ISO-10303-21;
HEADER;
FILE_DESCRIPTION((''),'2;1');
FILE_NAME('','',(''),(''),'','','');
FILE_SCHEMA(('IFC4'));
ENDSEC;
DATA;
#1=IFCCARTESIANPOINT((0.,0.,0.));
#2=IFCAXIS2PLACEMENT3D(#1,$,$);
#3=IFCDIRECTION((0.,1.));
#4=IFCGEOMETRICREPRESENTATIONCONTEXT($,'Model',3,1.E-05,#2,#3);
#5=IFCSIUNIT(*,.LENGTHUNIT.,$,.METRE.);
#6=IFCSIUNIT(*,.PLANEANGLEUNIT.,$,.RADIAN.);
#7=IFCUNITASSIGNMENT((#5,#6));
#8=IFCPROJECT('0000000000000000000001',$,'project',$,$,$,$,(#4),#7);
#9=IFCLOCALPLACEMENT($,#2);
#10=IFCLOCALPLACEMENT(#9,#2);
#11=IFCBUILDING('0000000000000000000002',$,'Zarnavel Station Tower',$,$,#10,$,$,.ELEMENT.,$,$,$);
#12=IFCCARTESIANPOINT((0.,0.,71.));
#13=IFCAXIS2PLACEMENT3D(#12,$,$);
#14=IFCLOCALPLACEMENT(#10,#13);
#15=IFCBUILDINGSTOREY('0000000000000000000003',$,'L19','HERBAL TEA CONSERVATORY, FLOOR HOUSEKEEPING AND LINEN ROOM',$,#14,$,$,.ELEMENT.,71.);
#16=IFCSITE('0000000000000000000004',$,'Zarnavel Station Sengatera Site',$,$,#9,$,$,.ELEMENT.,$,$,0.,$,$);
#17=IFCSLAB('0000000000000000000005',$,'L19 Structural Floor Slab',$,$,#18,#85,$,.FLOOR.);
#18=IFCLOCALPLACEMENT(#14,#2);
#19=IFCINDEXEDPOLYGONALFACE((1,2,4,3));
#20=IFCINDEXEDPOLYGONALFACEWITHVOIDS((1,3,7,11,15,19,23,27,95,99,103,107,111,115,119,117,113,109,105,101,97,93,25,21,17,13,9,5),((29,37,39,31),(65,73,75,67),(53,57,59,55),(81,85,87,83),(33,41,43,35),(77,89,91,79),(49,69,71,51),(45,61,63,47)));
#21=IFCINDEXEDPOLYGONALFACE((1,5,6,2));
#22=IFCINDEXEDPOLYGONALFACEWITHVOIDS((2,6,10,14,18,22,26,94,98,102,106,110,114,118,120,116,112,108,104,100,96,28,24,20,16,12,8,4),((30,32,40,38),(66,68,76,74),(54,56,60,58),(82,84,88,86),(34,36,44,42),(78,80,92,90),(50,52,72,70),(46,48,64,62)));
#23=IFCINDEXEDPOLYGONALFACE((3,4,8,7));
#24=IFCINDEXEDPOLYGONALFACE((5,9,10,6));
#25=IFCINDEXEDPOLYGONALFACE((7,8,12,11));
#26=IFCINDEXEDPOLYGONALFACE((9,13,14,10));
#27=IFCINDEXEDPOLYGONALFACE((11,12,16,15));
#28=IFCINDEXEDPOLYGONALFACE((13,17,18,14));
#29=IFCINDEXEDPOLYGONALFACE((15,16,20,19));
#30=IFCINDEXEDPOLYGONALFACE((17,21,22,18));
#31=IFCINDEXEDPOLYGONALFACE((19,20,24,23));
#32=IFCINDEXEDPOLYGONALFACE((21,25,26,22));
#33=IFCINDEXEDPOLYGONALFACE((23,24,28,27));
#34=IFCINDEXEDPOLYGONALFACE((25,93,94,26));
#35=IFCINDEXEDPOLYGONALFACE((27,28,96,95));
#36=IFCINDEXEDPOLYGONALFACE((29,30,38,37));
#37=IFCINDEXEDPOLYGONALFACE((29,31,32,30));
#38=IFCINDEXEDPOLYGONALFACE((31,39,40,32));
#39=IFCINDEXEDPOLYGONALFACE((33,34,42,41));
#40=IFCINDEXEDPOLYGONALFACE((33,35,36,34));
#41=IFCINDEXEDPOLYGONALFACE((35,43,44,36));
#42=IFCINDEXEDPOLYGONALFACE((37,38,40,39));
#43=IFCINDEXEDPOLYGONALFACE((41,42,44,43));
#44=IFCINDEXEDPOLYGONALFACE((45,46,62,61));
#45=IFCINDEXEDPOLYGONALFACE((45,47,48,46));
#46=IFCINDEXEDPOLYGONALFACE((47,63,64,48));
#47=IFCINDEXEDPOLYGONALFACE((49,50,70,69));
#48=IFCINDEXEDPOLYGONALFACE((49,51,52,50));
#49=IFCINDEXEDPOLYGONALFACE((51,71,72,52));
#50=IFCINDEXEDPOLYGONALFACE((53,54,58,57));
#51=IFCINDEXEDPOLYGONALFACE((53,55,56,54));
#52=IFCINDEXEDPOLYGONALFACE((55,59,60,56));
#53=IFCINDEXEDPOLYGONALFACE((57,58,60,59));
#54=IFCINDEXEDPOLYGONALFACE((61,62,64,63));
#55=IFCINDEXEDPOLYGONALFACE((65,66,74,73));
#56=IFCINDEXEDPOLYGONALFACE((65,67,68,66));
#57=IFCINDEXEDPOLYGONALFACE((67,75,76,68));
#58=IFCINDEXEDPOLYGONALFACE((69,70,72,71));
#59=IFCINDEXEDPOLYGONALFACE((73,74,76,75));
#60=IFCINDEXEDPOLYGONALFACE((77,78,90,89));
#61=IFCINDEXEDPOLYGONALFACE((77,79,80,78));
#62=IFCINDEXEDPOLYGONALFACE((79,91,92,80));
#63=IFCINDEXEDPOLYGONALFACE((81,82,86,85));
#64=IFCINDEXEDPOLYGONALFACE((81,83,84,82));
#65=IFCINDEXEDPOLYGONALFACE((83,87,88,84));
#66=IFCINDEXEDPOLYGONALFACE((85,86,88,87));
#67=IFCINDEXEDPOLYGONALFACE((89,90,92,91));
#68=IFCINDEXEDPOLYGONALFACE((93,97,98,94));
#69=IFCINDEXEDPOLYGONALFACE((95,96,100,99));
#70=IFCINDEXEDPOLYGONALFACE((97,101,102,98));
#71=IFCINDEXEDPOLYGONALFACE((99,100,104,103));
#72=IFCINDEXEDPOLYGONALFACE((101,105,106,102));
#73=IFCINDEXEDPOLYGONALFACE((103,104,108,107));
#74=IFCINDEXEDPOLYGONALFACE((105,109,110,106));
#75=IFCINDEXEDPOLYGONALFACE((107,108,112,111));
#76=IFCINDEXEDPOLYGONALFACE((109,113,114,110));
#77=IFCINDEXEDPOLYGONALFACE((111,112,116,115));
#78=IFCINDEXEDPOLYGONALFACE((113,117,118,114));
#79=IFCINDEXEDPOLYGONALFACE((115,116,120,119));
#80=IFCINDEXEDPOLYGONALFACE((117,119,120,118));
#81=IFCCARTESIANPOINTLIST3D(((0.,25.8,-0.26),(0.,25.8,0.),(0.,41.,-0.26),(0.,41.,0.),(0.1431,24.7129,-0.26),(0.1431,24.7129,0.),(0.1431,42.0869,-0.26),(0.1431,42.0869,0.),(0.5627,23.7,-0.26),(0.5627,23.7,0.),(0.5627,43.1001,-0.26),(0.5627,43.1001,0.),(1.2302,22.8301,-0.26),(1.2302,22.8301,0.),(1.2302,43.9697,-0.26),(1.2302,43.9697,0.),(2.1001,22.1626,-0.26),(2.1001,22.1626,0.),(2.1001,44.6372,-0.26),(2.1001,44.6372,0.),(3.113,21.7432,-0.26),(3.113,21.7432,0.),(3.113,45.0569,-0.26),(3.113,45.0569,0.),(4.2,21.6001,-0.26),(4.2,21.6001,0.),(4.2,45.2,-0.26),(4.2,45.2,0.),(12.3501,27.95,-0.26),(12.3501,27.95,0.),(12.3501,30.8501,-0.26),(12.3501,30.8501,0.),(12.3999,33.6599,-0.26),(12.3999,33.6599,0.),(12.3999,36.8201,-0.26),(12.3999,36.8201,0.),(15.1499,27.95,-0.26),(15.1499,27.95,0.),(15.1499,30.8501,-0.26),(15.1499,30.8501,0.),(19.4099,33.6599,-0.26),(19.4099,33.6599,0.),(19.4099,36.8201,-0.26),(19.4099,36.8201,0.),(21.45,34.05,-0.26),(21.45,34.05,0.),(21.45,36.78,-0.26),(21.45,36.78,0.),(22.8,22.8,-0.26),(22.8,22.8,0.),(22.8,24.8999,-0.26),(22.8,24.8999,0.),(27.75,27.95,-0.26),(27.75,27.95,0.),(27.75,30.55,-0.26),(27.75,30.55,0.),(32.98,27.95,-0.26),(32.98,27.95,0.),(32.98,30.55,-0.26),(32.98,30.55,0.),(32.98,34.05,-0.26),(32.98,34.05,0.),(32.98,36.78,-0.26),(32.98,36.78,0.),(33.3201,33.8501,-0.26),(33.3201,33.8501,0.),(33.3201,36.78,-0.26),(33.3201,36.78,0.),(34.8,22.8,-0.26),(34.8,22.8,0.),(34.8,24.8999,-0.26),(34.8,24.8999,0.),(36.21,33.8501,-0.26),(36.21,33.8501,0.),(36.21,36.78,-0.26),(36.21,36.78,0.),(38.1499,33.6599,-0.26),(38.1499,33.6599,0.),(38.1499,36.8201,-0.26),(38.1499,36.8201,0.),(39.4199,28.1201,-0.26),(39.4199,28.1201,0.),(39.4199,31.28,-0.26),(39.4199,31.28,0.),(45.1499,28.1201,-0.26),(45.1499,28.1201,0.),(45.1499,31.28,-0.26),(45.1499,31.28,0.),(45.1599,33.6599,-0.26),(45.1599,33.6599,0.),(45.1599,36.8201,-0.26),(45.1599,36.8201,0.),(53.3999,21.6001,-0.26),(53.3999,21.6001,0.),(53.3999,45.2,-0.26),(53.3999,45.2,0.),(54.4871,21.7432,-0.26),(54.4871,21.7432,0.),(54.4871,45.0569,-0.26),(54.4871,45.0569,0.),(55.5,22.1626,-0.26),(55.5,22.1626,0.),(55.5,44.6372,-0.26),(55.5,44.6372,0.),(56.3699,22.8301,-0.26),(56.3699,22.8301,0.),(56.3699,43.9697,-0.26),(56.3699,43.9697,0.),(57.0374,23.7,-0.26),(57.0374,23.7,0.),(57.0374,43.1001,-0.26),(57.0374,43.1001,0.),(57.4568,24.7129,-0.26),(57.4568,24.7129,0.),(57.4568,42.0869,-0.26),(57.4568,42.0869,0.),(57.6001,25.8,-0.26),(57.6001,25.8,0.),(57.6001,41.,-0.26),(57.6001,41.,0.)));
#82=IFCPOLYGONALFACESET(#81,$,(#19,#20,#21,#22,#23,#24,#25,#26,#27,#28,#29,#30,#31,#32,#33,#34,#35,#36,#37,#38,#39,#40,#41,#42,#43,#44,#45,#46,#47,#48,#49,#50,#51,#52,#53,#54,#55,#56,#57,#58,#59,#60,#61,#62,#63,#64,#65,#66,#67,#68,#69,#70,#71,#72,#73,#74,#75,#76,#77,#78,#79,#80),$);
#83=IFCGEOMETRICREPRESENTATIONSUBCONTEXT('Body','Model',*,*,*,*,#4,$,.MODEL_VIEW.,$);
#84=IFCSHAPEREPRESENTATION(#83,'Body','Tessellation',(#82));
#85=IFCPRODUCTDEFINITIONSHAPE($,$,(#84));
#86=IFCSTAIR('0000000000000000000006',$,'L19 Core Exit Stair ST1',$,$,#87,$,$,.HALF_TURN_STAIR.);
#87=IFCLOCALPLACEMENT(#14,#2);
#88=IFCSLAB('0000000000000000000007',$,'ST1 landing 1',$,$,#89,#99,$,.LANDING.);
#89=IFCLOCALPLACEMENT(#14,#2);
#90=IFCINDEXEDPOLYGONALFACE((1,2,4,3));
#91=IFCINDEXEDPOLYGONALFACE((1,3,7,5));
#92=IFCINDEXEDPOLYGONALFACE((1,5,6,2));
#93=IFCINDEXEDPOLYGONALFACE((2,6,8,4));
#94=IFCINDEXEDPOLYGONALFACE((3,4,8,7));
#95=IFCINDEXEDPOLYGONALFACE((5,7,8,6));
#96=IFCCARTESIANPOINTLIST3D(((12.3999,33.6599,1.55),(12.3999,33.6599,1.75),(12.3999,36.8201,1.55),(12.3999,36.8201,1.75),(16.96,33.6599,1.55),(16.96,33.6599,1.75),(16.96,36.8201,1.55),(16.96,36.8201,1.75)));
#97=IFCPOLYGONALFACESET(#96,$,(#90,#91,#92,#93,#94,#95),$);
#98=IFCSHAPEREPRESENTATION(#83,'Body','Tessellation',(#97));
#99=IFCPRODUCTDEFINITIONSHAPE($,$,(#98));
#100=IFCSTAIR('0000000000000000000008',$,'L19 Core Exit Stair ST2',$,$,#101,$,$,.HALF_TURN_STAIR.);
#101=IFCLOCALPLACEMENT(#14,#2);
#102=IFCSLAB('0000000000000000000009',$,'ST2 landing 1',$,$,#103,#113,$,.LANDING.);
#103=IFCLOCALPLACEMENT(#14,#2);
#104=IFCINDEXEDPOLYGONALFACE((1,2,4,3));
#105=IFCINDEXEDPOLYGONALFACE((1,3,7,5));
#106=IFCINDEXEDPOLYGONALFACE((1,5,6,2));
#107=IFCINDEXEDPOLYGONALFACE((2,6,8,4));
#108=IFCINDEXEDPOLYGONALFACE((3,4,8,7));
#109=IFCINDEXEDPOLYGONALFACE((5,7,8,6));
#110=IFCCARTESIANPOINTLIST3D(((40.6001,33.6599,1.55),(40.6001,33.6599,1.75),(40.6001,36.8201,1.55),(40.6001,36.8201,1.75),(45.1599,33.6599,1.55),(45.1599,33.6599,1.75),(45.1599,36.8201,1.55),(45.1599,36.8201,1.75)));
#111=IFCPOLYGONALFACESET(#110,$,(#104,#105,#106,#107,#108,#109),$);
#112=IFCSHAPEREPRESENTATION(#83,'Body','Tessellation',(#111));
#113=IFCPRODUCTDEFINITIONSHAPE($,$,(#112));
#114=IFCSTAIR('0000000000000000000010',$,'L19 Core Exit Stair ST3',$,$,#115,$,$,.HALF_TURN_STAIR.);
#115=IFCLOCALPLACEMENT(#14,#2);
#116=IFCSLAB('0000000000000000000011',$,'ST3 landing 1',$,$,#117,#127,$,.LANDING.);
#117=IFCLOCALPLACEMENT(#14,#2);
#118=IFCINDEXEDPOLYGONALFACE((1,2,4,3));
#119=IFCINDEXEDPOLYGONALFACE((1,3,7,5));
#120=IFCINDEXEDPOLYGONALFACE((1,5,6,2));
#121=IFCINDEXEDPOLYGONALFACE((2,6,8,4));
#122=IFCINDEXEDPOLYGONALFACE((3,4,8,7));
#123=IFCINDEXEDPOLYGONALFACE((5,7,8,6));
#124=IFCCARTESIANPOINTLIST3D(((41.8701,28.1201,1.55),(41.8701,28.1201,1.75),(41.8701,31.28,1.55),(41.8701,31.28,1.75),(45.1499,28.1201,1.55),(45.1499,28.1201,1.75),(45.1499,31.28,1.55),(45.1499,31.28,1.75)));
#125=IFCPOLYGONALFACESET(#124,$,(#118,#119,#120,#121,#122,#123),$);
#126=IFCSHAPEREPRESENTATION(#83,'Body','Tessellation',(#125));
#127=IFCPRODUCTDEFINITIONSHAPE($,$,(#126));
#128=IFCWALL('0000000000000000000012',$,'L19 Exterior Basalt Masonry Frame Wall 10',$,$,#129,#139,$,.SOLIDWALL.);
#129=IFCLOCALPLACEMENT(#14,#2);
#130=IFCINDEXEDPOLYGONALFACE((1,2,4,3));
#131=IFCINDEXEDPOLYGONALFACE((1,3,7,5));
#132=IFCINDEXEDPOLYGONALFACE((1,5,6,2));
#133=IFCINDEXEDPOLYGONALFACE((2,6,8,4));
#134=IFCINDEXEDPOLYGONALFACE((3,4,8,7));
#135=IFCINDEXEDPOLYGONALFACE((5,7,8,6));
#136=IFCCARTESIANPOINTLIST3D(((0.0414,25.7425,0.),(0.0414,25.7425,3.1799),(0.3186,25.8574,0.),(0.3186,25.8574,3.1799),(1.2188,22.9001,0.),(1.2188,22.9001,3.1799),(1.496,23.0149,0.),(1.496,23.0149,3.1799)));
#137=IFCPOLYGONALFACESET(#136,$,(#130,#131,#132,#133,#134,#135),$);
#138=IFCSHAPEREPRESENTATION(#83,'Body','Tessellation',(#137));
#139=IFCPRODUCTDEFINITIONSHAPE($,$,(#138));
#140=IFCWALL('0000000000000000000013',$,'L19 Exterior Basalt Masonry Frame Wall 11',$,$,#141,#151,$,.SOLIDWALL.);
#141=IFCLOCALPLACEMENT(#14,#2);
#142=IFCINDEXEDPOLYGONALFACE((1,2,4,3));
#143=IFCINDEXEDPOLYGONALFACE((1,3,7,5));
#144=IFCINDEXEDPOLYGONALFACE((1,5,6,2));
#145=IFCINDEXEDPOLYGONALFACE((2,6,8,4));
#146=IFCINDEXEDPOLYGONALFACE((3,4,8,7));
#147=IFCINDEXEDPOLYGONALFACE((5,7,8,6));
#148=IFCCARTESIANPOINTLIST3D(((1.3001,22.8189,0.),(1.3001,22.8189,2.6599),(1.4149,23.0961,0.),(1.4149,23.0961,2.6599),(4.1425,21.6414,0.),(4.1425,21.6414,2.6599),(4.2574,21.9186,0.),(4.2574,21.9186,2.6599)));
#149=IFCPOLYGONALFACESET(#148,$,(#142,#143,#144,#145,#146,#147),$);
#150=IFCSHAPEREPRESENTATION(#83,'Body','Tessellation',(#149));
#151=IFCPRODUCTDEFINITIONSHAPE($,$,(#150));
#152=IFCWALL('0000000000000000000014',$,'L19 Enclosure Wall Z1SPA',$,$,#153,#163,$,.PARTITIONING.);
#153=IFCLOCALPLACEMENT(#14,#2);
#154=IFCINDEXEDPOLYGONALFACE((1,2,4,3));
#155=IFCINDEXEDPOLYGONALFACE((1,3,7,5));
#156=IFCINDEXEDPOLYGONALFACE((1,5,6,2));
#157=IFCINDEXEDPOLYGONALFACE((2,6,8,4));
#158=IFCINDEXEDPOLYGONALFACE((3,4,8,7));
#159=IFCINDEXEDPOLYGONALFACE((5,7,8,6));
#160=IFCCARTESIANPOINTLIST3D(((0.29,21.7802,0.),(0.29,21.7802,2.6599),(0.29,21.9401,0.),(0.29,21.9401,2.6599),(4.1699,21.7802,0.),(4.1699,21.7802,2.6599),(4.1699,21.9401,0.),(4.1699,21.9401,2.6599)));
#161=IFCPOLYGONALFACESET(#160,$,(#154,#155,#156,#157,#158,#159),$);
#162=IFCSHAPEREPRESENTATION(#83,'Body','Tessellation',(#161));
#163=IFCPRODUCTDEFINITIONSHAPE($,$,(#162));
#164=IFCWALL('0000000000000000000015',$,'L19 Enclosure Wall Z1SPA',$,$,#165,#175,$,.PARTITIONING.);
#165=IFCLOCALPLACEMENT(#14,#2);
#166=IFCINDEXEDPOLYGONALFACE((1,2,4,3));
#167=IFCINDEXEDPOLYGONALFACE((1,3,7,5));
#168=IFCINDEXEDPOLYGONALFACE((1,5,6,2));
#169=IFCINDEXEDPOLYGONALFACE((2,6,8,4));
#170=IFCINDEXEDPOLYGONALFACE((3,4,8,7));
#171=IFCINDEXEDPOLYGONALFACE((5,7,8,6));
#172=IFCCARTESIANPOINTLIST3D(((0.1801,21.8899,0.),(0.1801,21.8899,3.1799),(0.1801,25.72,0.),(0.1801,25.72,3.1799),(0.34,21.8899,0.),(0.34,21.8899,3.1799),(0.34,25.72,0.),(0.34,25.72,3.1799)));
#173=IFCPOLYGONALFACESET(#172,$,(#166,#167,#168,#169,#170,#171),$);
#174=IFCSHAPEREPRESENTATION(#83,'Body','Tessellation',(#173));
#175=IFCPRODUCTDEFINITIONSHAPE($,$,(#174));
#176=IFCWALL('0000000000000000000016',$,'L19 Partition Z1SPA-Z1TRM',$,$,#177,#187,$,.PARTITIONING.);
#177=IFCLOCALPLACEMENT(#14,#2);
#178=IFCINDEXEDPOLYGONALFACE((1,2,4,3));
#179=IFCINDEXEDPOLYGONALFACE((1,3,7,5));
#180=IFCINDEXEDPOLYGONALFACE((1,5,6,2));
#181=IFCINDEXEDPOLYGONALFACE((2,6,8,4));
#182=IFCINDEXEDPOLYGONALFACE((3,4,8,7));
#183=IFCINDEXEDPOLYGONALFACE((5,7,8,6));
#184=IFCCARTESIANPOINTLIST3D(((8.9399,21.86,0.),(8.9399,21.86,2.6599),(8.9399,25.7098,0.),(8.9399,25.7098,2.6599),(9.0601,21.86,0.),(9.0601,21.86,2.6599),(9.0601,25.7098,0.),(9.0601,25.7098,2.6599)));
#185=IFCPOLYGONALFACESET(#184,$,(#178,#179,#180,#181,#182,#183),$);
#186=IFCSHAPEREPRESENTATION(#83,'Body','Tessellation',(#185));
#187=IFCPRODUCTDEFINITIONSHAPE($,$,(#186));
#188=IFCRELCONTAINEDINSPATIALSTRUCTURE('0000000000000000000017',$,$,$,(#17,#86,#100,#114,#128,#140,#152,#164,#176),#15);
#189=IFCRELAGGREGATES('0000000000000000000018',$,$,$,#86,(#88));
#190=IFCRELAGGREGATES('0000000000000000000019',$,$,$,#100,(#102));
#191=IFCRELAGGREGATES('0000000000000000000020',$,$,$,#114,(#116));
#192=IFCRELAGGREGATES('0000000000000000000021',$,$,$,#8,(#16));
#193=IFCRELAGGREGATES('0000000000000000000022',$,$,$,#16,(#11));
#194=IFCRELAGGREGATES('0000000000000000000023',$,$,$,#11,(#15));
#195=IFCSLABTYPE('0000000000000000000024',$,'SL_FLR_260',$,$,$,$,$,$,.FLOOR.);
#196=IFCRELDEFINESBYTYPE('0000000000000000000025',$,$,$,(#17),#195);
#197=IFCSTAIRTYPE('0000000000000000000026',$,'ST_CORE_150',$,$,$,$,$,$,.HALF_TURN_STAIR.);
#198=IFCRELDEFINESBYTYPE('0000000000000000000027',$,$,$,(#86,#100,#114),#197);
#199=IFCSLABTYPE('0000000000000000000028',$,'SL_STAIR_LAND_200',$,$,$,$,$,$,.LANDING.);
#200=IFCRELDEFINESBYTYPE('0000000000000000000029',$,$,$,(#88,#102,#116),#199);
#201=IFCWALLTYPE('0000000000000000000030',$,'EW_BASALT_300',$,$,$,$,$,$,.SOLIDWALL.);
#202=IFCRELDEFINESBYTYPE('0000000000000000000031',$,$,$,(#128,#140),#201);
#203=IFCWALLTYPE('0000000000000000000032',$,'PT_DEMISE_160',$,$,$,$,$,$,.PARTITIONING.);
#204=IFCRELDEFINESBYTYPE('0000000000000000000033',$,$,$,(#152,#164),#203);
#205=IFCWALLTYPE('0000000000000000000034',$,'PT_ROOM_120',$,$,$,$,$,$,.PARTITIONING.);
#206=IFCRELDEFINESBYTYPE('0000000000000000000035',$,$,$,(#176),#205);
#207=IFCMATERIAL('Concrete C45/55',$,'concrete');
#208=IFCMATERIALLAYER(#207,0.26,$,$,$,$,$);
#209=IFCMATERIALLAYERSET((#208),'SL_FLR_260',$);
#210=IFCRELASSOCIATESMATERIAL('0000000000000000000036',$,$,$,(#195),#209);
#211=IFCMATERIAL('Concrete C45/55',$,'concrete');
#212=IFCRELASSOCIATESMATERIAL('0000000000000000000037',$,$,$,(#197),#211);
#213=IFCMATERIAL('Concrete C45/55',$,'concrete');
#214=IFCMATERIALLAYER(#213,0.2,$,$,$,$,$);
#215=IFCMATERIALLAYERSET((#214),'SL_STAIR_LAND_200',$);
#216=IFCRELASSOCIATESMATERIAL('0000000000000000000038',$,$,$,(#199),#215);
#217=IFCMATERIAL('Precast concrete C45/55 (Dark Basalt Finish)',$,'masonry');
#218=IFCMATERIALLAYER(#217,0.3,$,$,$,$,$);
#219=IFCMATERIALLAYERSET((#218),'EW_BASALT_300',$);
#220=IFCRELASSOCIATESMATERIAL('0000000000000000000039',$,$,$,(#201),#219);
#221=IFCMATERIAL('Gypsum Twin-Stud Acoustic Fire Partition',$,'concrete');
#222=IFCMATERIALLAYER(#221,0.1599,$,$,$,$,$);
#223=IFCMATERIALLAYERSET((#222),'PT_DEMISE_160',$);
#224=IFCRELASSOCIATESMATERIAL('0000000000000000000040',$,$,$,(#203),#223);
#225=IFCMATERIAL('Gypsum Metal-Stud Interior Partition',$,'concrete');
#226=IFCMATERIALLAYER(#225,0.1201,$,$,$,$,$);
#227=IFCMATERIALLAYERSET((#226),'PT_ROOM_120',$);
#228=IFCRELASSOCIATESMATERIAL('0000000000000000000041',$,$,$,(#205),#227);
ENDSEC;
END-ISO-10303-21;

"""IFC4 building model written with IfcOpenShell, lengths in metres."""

from ifc_helpers import new_model, si_unit, direction, frame, frame_2d, origin, place, context, subcontext, project, spatial, polyline, rectangle, outline, extrude, material, layer, layer_set, type_object, element, aggregate, save


model = new_model("IFC4")

# Units and contexts
model_context = context("Model", 3, precision=1e-05, world=origin(), true_north=direction((0.0, 1.0)))
body_context = subcontext(model_context, "Body", "Model", "MODEL_VIEW")
ifc_project = project(units=[si_unit("LENGTHUNIT", "METRE"), si_unit("PLANEANGLEUNIT", "RADIAN")], contexts=[model_context])

# Site, building, storey
site_placement = place(None, origin())
site = spatial("IfcSite", under=ifc_project, at=site_placement, Name="Zarnavel Station Sengatera Site", CompositionType="ELEMENT", RefElevation=0.0)
building_placement = place(site_placement, origin())
building = spatial("IfcBuilding", under=site, at=building_placement, Name="Zarnavel Station Tower", CompositionType="ELEMENT")
storey_placement = place(building_placement, frame((0.0, 0.0, 71.0)))
storey = spatial("IfcBuildingStorey", under=building, at=storey_placement, Name="L19", Description="HERBAL TEA CONSERVATORY, FLOOR HOUSEKEEPING AND LINEN ROOM", CompositionType="ELEMENT", Elevation=71.0)

# Slab
ifc_material_1 = material(Name="Concrete C45/55", Category="concrete")
ifc_layer_1 = layer(ifc_material_1, 0.26)
ifc_layer_set_1 = layer_set([ifc_layer_1], Name="SL_FLR_260")
slab_type_1 = type_object("IfcSlabType", Name="SL_FLR_260", PredefinedType="FLOOR", material=ifc_layer_set_1)
slab_1_placement = place(storey_placement, frame((0.0, 0.0, -0.26)))
element("IfcSlab", 1, at=slab_1_placement, inside=storey, type_object=slab_type_1, Name="L19 Structural Floor Slab", PredefinedType="FLOOR", context=body_context, shape_type="SweptSolid", body=[
    extrude(outline(polyline([(53.3999, 21.6001), (54.4871, 21.7432), (55.5, 22.1626), (56.3699, 22.8301), (57.0374, 23.7), (57.4568, 24.7129), (57.6001, 25.8), (57.6001, 41.0), (57.4568, 42.0869), (57.0374, 43.1001), (56.3699, 43.9697), (55.5, 44.6372), (54.4871, 45.0569), (53.3999, 45.2), (4.2, 45.2), (3.113, 45.0569), (2.1001, 44.6372), (1.2302, 43.9697), (0.5627, 43.1001), (0.1431, 42.0869), (0.0, 41.0), (0.0, 25.8), (0.1431, 24.7129), (0.5627, 23.7), (1.2302, 22.8301), (2.1001, 22.1626), (3.113, 21.7432), (4.2, 21.6001), (53.3999, 21.6001)]), holes=[polyline([(12.3999, 33.6599), (19.4099, 33.6599), (19.4099, 36.8201), (12.3999, 36.8201), (12.3999, 33.6599)]), polyline([(38.1499, 33.6599), (45.1599, 33.6599), (45.1599, 36.8201), (38.1499, 36.8201), (38.1499, 33.6599)]), polyline([(39.4199, 28.1201), (45.1499, 28.1201), (45.1499, 31.28), (39.4199, 31.28), (39.4199, 28.1201)]), polyline([(12.3501, 27.95), (15.1499, 27.95), (15.1499, 30.8501), (12.3501, 30.8501), (12.3501, 27.95)]), polyline([(33.3201, 33.8501), (36.21, 33.8501), (36.21, 36.78), (33.3201, 36.78), (33.3201, 33.8501)]), polyline([(21.45, 34.05), (32.98, 34.05), (32.98, 36.78), (21.45, 36.78), (21.45, 34.05)]), polyline([(27.75, 27.95), (32.98, 27.95), (32.98, 30.55), (27.75, 30.55), (27.75, 27.95)]), polyline([(22.8, 22.8), (34.8, 22.8), (34.8, 24.8999), (22.8, 24.8999), (22.8, 22.8)])]), origin(), (0.0, 0.0, 1.0), 0.26),
])

# Stairs, slabs
ifc_material_2 = material(Name="Concrete C45/55", Category="concrete")
stair_type = type_object("IfcStairType", Name="ST_CORE_150", PredefinedType="HALF_TURN_STAIR", material=ifc_material_2)
stair_1_placement = place(storey_placement, origin())
stair_1 = element("IfcStair", 2, at=stair_1_placement, inside=storey, type_object=stair_type, Name="L19 Core Exit Stair ST1", PredefinedType="HALF_TURN_STAIR")
ifc_material_3 = material(Name="Concrete C45/55", Category="concrete")
ifc_layer_2 = layer(ifc_material_3, 0.2)
ifc_layer_set_2 = layer_set([ifc_layer_2], Name="SL_STAIR_LAND_200")
slab_type_2 = type_object("IfcSlabType", Name="SL_STAIR_LAND_200", PredefinedType="LANDING", material=ifc_layer_set_2)
slab_2_placement = place(storey_placement, frame((0.0, 0.0, 1.55)))
slab_2 = element("IfcSlab", 3, at=slab_2_placement, type_object=slab_type_2, Name="ST1 landing 1", PredefinedType="LANDING", context=body_context, shape_type="SweptSolid", body=[
    extrude(outline(polyline([(16.96, 36.8201), (12.3999, 36.8201), (12.3999, 33.6599), (16.96, 33.6599), (16.96, 36.8201)])), origin(), (0.0, 0.0, 1.0), 0.2),
])
aggregate(stair_1, [slab_2])
stair_2_placement = place(storey_placement, origin())
stair_2 = element("IfcStair", 4, at=stair_2_placement, inside=storey, type_object=stair_type, Name="L19 Core Exit Stair ST2", PredefinedType="HALF_TURN_STAIR")
slab_3_placement = place(storey_placement, frame((0.0, 0.0, 1.55)))
slab_3 = element("IfcSlab", 5, at=slab_3_placement, type_object=slab_type_2, Name="ST2 landing 1", PredefinedType="LANDING", context=body_context, shape_type="SweptSolid", body=[
    extrude(outline(polyline([(40.6001, 33.6599), (45.1599, 33.6599), (45.1599, 36.8201), (40.6001, 36.8201), (40.6001, 33.6599)])), origin(), (0.0, 0.0, 1.0), 0.2),
])
aggregate(stair_2, [slab_3])
stair_3_placement = place(storey_placement, origin())
stair_3 = element("IfcStair", 6, at=stair_3_placement, inside=storey, type_object=stair_type, Name="L19 Core Exit Stair ST3", PredefinedType="HALF_TURN_STAIR")
slab_4_placement = place(storey_placement, frame((0.0, 0.0, 1.55)))
slab_4 = element("IfcSlab", 7, at=slab_4_placement, type_object=slab_type_2, Name="ST3 landing 1", PredefinedType="LANDING", context=body_context, shape_type="SweptSolid", body=[
    extrude(outline(polyline([(41.8701, 28.1201), (45.1499, 28.1201), (45.1499, 31.28), (41.8701, 31.28), (41.8701, 28.1201)])), origin(), (0.0, 0.0, 1.0), 0.2),
])
aggregate(stair_3, [slab_4])

# Walls
ifc_material_4 = material(Name="Precast concrete C45/55 (Dark Basalt Finish)", Category="masonry")
ifc_layer_3 = layer(ifc_material_4, 0.3)
ifc_layer_set_3 = layer_set([ifc_layer_3], Name="EW_BASALT_300")
wall_type_1 = type_object("IfcWallType", Name="EW_BASALT_300", PredefinedType="SOLIDWALL", material=ifc_layer_set_3)
wall_1_placement = place(storey_placement, frame((1.3574, 22.9575, 0.0), z_axis=(0.0, 0.0, 1.0), x_axis=(-0.382705, 0.923871, 0.0)))
element("IfcWall", 8, at=wall_1_placement, inside=storey, type_object=wall_type_1, Name="L19 Exterior Basalt Masonry Frame Wall 10", PredefinedType="SOLIDWALL", context=body_context, shape_type="SweptSolid", body=[
    extrude(rectangle(XDim=3.0767, YDim=0.3, at=frame_2d((1.5383, 0.0))), origin(), (0.0, 0.0, 1.0), 3.1799),
])
wall_2_placement = place(storey_placement, frame((4.2, 21.78, 0.0), z_axis=(0.0, 0.0, 1.0), x_axis=(-0.923871, 0.382705, 0.0)))
element("IfcWall", 9, at=wall_2_placement, inside=storey, type_object=wall_type_1, Name="L19 Exterior Basalt Masonry Frame Wall 11", PredefinedType="SOLIDWALL", context=body_context, shape_type="SweptSolid", body=[
    extrude(rectangle(XDim=3.0767, YDim=0.3, at=frame_2d((1.5383, 0.0))), origin(), (0.0, 0.0, 1.0), 2.6599),
])
ifc_material_5 = material(Name="Gypsum Twin-Stud Acoustic Fire Partition", Category="concrete")
ifc_layer_4 = layer(ifc_material_5, 0.1599)
ifc_layer_set_4 = layer_set([ifc_layer_4], Name="PT_DEMISE_160")
wall_type_2 = type_object("IfcWallType", Name="PT_DEMISE_160", PredefinedType="PARTITIONING", material=ifc_layer_set_4)
wall_3_placement = place(storey_placement, frame((0.29, 21.8601, 0.0), z_axis=(0.0, 0.0, 1.0), x_axis=(1.0, 0.0, 0.0)))
element("IfcWall", 10, at=wall_3_placement, inside=storey, type_object=wall_type_2, Name="L19 Enclosure Wall Z1SPA", PredefinedType="PARTITIONING", context=body_context, shape_type="SweptSolid", body=[
    extrude(rectangle(XDim=3.8799, YDim=0.1599, at=frame_2d((1.9399, 0.0))), origin(), (0.0, 0.0, 1.0), 2.6599),
])
wall_4_placement = place(storey_placement, frame((0.26, 21.8899, 0.0), z_axis=(0.0, 0.0, 1.0), x_axis=(0.0, 1.0, 0.0)))
element("IfcWall", 11, at=wall_4_placement, inside=storey, type_object=wall_type_2, Name="L19 Enclosure Wall Z1SPA", PredefinedType="PARTITIONING", context=body_context, shape_type="SweptSolid", body=[
    extrude(rectangle(XDim=3.8301, YDim=0.1599, at=frame_2d((1.915, 0.0))), origin(), (0.0, 0.0, 1.0), 3.1799),
])
ifc_material_6 = material(Name="Gypsum Metal-Stud Interior Partition", Category="concrete")
ifc_layer_5 = layer(ifc_material_6, 0.1201)
ifc_layer_set_5 = layer_set([ifc_layer_5], Name="PT_ROOM_120")
wall_type_3 = type_object("IfcWallType", Name="PT_ROOM_120", PredefinedType="PARTITIONING", material=ifc_layer_set_5)
wall_5_placement = place(storey_placement, frame((9.0, 21.8601, 0.0), z_axis=(0.0, 0.0, 1.0), x_axis=(0.0, 1.0, 0.0)))
element("IfcWall", 12, at=wall_5_placement, inside=storey, type_object=wall_type_3, Name="L19 Partition Z1SPA-Z1TRM", PredefinedType="PARTITIONING", context=body_context, shape_type="SweptSolid", body=[
    extrude(rectangle(XDim=3.8499, YDim=0.1201, at=frame_2d((1.9248, 0.0))), origin(), (0.0, 0.0, 1.0), 2.6599),
])

save(model, "model.ifc")
